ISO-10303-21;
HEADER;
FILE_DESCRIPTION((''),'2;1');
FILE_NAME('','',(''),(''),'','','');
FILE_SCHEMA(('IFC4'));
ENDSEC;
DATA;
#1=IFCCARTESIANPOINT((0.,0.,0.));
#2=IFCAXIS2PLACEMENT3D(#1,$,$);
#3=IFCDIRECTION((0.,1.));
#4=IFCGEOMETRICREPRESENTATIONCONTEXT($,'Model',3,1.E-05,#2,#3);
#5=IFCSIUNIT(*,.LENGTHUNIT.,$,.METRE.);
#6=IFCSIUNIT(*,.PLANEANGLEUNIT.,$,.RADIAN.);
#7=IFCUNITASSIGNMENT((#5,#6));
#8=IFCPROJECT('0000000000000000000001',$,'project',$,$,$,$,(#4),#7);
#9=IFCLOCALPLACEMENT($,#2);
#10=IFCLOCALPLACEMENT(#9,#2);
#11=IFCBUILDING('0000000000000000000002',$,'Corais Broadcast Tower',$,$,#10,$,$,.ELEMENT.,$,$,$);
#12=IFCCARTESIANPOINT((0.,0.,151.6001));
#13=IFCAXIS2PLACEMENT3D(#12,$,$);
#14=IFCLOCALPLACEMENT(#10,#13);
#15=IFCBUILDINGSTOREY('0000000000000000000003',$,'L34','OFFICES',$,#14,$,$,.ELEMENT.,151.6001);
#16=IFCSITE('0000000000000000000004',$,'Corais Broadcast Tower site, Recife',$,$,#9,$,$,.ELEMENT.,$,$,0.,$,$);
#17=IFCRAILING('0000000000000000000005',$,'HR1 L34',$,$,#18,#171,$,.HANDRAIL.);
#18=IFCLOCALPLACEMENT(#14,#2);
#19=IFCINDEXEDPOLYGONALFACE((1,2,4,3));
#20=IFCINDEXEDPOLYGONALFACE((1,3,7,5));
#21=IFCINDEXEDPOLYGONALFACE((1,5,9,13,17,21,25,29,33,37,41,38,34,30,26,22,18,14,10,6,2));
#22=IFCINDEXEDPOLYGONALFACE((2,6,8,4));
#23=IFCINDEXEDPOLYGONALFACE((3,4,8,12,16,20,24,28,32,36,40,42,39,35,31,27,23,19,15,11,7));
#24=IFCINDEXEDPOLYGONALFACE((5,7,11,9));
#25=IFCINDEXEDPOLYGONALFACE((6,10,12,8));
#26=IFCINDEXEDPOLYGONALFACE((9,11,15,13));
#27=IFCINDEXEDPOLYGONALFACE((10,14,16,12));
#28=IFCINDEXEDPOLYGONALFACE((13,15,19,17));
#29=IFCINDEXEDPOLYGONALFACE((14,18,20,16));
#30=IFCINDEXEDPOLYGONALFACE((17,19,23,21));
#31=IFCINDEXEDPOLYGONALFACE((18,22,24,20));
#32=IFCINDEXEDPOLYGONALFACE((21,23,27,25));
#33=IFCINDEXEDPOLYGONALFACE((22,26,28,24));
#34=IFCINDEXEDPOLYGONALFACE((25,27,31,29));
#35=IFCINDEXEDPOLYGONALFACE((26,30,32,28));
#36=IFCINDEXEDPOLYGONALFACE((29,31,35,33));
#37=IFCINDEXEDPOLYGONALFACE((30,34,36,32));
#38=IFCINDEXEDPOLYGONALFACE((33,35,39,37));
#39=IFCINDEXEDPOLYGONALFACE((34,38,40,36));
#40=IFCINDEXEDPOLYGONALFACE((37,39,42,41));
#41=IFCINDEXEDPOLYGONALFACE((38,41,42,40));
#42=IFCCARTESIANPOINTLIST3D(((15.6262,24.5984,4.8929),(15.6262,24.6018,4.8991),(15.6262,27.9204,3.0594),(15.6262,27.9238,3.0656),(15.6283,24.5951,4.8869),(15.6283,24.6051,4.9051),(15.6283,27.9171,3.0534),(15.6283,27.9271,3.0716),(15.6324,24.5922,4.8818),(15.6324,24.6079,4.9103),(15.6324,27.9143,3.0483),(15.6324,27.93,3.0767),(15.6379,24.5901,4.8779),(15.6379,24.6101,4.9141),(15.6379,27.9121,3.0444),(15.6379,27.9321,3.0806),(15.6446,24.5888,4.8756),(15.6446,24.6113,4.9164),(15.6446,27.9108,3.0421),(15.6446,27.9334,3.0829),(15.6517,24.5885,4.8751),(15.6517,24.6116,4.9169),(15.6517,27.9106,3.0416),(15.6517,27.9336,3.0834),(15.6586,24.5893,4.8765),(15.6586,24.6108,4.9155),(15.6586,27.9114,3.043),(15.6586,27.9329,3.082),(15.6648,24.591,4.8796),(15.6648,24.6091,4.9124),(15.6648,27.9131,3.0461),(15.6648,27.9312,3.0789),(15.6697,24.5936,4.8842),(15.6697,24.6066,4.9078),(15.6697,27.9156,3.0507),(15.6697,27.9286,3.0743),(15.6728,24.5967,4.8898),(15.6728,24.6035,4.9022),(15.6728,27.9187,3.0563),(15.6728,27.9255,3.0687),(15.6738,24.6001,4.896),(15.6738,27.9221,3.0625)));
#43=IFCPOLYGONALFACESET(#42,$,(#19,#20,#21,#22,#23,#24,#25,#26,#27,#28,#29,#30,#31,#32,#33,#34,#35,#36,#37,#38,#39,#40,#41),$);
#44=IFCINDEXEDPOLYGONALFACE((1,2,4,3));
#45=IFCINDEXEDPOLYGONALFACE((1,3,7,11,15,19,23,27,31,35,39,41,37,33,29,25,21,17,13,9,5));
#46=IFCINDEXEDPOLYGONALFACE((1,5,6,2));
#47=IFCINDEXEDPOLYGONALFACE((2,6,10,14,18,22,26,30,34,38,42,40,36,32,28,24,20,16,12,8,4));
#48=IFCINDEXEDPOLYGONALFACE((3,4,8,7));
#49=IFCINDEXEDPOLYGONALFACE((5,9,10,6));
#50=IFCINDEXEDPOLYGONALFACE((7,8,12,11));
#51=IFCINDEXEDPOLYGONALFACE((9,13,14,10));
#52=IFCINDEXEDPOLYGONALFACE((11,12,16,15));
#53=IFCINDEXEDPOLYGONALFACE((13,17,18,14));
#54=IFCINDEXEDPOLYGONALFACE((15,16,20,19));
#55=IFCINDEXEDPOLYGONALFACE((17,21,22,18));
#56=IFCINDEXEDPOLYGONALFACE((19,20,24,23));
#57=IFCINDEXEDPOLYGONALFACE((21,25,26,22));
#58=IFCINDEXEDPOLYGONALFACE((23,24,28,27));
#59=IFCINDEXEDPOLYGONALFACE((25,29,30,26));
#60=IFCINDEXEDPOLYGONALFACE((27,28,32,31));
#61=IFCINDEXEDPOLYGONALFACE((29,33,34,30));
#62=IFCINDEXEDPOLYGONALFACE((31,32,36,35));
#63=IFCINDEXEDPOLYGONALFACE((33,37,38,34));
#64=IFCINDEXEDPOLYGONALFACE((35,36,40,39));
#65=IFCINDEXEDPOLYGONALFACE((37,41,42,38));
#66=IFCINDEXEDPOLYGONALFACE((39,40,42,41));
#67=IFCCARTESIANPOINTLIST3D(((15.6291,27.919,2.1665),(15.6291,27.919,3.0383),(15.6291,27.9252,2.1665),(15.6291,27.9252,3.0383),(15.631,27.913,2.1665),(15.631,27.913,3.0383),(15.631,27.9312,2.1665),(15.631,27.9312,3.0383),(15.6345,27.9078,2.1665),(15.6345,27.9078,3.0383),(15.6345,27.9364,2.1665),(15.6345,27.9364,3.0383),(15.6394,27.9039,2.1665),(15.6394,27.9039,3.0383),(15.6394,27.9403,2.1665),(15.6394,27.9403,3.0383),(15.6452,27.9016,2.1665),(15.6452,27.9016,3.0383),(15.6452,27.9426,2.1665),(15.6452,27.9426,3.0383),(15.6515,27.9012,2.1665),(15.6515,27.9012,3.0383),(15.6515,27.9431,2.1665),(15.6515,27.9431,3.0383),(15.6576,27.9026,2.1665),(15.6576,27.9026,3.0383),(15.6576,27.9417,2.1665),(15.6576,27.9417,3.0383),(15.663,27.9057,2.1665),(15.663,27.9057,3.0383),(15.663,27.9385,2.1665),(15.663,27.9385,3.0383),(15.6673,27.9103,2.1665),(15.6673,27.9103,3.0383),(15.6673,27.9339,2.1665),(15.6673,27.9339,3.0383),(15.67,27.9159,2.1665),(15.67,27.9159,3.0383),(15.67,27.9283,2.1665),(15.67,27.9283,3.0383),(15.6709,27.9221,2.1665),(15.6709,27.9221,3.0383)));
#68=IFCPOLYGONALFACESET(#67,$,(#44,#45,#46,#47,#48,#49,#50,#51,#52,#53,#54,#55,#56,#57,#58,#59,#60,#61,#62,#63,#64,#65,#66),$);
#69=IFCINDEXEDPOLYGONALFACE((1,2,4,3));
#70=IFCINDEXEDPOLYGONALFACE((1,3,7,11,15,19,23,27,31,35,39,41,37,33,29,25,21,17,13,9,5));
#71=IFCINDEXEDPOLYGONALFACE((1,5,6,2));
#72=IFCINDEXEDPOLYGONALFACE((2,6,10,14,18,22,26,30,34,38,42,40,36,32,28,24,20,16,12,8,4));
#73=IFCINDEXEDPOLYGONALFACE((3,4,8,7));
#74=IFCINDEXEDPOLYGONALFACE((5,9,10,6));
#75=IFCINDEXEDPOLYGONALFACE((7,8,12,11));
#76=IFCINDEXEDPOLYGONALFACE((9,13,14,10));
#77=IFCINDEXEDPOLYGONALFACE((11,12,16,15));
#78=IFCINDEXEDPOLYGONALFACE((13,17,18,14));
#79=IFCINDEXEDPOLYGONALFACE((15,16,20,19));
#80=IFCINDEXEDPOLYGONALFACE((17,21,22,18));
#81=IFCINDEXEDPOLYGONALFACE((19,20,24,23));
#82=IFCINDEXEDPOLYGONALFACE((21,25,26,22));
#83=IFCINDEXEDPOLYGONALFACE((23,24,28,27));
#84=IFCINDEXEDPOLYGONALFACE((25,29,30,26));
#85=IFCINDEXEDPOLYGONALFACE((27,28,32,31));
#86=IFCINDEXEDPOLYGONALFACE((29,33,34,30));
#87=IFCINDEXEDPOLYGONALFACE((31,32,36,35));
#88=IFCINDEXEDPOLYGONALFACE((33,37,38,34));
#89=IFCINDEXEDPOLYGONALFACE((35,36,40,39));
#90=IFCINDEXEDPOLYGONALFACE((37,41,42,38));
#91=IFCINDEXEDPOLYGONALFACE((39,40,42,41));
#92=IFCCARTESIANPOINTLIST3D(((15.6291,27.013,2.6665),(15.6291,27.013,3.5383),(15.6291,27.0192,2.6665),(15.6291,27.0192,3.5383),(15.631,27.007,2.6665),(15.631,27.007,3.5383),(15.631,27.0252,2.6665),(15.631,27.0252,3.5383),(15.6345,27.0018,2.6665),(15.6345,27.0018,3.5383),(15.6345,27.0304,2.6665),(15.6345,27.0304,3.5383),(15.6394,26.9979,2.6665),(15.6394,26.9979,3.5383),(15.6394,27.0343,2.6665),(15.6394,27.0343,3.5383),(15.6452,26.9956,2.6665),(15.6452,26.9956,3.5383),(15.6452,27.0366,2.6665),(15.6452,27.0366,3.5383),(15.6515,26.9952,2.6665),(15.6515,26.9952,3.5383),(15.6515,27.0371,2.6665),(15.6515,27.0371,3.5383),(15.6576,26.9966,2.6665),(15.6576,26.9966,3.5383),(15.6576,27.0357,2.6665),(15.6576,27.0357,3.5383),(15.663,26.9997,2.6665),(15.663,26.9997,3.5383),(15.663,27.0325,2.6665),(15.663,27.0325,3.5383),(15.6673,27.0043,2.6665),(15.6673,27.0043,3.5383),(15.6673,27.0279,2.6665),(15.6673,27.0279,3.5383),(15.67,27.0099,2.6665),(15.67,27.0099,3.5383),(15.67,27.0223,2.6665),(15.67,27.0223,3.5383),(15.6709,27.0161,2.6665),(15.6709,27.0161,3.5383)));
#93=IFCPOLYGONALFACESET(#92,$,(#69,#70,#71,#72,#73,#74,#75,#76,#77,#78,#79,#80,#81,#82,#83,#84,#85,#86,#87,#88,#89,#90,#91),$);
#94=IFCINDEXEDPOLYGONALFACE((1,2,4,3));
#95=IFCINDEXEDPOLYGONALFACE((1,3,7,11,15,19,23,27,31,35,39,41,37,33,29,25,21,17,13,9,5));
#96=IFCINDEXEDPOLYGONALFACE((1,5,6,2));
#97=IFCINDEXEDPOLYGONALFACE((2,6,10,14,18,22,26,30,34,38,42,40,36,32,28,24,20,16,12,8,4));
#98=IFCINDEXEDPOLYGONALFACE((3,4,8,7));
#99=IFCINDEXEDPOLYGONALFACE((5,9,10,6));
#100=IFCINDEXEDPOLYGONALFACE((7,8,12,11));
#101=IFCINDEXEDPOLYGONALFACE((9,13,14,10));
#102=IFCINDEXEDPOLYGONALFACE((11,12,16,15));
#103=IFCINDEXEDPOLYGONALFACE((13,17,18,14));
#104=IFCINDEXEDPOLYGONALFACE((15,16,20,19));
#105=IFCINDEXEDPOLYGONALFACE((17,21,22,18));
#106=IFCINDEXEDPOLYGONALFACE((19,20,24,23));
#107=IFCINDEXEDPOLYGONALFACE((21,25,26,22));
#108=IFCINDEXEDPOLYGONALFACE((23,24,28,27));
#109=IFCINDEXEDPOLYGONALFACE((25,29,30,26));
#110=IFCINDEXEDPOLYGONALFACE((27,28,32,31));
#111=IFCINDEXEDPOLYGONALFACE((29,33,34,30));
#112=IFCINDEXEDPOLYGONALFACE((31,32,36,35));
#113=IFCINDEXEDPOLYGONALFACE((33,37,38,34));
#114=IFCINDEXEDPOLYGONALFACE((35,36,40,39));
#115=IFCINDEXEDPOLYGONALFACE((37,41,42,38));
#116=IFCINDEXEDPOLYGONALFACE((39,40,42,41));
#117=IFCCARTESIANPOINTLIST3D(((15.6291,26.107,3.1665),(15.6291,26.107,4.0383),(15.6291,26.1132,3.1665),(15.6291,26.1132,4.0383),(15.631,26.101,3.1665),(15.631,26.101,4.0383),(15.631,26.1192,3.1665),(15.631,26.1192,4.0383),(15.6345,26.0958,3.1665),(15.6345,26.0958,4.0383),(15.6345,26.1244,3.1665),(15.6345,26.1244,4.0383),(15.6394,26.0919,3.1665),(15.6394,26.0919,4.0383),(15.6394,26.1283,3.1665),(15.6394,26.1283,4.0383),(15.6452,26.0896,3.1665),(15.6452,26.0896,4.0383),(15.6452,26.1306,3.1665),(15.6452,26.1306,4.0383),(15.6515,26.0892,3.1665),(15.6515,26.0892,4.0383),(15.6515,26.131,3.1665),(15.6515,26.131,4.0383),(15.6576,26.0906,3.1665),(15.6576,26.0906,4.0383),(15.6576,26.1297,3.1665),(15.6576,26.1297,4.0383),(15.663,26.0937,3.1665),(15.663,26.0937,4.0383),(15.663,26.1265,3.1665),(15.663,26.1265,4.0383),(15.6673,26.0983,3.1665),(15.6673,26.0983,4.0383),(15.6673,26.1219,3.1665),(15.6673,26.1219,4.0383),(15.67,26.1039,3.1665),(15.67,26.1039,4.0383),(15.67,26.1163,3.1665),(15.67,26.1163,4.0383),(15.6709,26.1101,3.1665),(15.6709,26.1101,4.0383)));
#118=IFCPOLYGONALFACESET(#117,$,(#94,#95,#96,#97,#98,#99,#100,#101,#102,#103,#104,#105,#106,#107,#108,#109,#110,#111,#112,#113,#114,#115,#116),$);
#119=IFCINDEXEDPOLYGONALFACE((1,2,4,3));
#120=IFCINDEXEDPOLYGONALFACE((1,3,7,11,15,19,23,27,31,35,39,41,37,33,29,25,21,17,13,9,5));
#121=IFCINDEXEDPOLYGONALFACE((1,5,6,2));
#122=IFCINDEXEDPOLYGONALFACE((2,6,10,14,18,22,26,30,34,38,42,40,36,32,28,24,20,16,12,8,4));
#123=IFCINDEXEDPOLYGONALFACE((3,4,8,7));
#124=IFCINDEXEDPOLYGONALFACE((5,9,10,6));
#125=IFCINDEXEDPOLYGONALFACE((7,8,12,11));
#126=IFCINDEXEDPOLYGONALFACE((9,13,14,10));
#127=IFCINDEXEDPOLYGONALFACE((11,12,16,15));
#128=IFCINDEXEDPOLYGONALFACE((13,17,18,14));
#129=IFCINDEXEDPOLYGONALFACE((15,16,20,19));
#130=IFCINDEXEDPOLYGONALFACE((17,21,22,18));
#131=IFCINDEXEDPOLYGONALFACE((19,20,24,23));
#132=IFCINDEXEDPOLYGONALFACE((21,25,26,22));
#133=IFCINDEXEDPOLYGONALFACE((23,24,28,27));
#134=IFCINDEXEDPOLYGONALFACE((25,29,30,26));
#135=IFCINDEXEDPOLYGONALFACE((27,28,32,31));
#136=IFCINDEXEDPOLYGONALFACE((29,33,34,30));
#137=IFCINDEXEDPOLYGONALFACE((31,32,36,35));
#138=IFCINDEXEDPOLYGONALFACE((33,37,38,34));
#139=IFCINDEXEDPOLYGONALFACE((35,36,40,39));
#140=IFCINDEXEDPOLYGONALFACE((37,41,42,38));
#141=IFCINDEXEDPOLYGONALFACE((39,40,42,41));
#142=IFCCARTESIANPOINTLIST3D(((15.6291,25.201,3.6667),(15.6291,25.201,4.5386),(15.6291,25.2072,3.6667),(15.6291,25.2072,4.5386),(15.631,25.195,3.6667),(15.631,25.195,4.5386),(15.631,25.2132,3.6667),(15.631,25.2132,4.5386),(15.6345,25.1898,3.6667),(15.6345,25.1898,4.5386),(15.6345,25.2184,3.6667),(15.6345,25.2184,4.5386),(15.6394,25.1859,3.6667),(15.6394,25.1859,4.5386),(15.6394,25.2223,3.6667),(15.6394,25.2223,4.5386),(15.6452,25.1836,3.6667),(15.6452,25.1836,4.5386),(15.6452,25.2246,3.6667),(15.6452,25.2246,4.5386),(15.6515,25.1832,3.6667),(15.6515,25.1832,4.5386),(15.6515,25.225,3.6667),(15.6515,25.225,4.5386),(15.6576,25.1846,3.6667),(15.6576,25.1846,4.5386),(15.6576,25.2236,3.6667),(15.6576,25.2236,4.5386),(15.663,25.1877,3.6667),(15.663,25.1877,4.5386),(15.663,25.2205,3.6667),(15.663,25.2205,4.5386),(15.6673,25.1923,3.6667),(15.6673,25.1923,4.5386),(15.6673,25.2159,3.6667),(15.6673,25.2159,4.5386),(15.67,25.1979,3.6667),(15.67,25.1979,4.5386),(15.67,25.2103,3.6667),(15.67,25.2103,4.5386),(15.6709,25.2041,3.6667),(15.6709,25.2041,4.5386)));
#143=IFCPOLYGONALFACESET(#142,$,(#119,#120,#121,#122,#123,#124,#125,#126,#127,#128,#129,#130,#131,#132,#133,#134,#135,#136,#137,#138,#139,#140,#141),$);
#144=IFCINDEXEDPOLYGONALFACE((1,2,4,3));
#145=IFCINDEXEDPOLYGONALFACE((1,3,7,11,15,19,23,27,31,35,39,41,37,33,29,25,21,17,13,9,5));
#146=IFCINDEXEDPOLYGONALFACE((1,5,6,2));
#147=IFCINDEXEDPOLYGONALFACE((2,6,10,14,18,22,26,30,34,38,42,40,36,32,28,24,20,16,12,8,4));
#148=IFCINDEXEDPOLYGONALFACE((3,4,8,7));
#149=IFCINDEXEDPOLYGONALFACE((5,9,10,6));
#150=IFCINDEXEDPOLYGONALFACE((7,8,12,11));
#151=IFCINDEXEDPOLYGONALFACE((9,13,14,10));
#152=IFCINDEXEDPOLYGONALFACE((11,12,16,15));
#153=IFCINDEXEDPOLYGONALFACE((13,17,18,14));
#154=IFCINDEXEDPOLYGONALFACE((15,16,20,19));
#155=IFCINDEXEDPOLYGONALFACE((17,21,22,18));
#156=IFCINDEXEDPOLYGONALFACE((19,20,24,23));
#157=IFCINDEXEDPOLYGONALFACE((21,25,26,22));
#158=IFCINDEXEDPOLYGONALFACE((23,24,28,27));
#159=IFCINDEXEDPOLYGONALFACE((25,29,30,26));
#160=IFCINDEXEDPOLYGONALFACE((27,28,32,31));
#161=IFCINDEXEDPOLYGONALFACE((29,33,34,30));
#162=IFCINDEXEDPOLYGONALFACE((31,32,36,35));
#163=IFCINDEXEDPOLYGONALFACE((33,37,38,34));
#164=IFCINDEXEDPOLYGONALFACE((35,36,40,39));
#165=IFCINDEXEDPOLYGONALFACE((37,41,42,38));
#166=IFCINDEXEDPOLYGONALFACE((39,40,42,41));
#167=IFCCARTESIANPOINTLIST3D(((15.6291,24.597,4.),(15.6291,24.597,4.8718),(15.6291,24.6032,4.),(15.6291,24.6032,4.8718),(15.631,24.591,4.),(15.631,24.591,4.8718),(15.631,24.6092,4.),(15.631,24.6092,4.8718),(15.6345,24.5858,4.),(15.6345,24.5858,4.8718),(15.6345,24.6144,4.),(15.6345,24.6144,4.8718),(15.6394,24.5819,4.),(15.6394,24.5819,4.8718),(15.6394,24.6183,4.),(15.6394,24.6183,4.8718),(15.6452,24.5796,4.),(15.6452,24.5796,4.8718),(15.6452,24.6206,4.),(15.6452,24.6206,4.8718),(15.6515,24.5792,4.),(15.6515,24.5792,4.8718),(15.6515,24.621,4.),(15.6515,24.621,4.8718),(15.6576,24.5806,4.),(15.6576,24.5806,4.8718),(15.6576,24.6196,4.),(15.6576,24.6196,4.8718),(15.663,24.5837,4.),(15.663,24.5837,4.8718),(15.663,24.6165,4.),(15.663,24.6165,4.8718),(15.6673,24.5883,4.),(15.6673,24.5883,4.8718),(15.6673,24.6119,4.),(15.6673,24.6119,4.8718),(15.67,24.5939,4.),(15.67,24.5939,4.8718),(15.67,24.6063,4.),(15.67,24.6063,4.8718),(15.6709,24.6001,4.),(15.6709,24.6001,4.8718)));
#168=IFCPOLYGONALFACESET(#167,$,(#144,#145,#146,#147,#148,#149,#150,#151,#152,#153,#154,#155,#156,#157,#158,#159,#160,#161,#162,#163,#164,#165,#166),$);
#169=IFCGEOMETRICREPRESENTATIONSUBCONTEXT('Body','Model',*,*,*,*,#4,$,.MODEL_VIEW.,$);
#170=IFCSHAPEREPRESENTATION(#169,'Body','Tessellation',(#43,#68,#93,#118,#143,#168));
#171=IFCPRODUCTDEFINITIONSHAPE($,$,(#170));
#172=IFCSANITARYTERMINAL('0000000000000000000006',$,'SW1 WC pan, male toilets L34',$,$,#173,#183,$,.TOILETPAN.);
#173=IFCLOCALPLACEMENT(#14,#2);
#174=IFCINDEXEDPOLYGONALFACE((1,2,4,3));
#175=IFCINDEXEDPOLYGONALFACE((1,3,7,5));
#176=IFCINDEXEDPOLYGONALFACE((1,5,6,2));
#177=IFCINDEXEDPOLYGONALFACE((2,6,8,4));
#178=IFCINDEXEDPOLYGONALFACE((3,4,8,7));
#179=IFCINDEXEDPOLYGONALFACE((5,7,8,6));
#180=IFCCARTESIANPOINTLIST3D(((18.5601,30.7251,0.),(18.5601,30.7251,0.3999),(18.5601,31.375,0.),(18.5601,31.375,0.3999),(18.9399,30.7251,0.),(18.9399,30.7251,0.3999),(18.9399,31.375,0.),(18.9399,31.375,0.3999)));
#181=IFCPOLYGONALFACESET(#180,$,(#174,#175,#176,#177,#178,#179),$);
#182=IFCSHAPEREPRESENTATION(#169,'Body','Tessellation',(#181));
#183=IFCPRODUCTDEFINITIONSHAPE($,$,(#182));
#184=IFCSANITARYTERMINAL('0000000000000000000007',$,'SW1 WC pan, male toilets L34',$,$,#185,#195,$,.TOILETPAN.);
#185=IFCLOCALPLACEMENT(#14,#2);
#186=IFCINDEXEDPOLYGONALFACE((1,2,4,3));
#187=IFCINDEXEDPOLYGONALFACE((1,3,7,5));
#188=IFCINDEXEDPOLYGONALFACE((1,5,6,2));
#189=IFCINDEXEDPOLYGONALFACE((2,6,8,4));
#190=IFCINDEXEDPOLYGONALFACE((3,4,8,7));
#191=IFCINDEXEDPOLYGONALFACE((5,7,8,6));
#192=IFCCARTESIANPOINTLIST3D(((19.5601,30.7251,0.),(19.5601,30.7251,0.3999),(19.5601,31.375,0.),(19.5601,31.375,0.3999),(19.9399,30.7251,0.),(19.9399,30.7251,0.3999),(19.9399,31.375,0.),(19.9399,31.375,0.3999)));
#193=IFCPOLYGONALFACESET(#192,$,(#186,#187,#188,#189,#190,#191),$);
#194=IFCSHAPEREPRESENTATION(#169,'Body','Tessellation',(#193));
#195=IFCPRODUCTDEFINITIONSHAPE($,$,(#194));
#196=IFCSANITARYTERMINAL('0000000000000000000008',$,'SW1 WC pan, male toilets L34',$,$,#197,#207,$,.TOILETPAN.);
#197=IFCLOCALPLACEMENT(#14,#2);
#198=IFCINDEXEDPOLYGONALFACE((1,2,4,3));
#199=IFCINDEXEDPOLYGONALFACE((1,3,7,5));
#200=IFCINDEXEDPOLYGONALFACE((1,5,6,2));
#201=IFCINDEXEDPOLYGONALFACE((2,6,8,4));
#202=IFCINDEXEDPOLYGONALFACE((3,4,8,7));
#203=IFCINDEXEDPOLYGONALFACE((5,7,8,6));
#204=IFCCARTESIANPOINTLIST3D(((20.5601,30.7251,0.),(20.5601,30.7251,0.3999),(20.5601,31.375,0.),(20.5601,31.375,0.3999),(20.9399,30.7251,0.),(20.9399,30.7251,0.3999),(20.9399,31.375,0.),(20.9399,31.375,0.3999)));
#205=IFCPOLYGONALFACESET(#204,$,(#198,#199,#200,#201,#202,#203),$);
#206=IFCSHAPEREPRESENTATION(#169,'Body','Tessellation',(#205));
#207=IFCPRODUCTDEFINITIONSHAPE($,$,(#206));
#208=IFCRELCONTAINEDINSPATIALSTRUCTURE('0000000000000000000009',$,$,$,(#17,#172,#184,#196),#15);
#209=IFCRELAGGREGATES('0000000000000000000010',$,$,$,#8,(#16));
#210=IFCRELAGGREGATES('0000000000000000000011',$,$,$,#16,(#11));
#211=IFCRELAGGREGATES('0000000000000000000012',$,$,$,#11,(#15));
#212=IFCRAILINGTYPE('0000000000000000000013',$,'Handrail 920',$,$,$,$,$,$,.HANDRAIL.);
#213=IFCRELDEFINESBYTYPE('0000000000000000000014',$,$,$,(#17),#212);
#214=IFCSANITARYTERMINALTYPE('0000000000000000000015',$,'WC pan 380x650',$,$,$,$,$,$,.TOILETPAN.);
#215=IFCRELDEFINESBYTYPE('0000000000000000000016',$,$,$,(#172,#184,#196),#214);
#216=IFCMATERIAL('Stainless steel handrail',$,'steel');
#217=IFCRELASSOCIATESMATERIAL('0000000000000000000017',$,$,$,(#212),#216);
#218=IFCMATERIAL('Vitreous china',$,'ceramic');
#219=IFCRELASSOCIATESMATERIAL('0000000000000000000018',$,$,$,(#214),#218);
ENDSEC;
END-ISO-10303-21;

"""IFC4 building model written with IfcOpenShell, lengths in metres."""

from ifc_helpers import new_model, si_unit, direction, frame, origin, origin_2d, place, context, subcontext, project, spatial, rectangle, circle, extrude, material, type_object, element, save


model = new_model("IFC4")

# Units and contexts
model_context = context("Model", 3, precision=1e-05, world=origin(), true_north=direction((0.0, 1.0)))
body_context = subcontext(model_context, "Body", "Model", "MODEL_VIEW")
ifc_project = project(units=[si_unit("LENGTHUNIT", "METRE"), si_unit("PLANEANGLEUNIT", "RADIAN")], contexts=[model_context])

# Site, building, storey
site_placement = place(None, origin())
site = spatial("IfcSite", under=ifc_project, at=site_placement, Name="Corais Broadcast Tower site, Recife", CompositionType="ELEMENT", RefElevation=0.0)
building_placement = place(site_placement, origin())
building = spatial("IfcBuilding", under=site, at=building_placement, Name="Corais Broadcast Tower", CompositionType="ELEMENT")
storey_placement = place(building_placement, frame((0.0, 0.0, 151.6001)))
storey = spatial("IfcBuildingStorey", under=building, at=storey_placement, Name="L34", Description="OFFICES", CompositionType="ELEMENT", Elevation=151.6001)

# Railing
ifc_material_1 = material(Name="Stainless steel handrail", Category="steel")
railing_type = type_object("IfcRailingType", Name="Handrail 920", PredefinedType="HANDRAIL", material=ifc_material_1)
for number, where, name in (
    (1, (15.6499, 27.9221, 2.1665), "HR1 L34"),
):
    element("IfcRailing", number, at=place(storey_placement, frame(where)), inside=storey, type_object=railing_type, Name=name, PredefinedType="HANDRAIL", context=body_context, shape_type="SweptSolid", body=[
        extrude(circle(Radius=0.0239, at=origin_2d()), frame((0.0, 0.0, 0.896), z_axis=(0.0, -0.875504, 0.48321), x_axis=(1.0, 0.0, 0.0)), (0.0, 0.0, 1.0), 3.7944),
        extrude(circle(Radius=0.021, at=origin_2d()), origin(), (0.0, 0.0, 1.0), 0.8718),
        extrude(circle(Radius=0.021, at=origin_2d()), frame((0.0, -0.906, 0.5)), (0.0, 0.0, 1.0), 0.8718),
        extrude(circle(Radius=0.021, at=origin_2d()), frame((0.0, -1.812, 1.0)), (0.0, 0.0, 1.0), 0.8718),
        extrude(circle(Radius=0.021, at=origin_2d()), frame((0.0, -2.718, 1.5002)), (0.0, 0.0, 1.0), 0.8718),
        extrude(circle(Radius=0.021, at=origin_2d()), frame((0.0, -3.322, 1.8335)), (0.0, 0.0, 1.0), 0.8718),
    ])

# Sanitary terminals
ifc_material_2 = material(Name="Vitreous china", Category="ceramic")
sanitary_terminal_type = type_object("IfcSanitaryTerminalType", Name="WC pan 380x650", PredefinedType="TOILETPAN", material=ifc_material_2)
for number, where, z_axis, x_axis, name in (
    (2, (18.75, 31.05, 0.0), (0.0, 0.0, 1.0), (1.0, 0.0, 0.0), "SW1 WC pan, male toilets L34"),
    (3, (19.75, 31.05, 0.0), (0.0, 0.0, 1.0), (1.0, 0.0, 0.0), "SW1 WC pan, male toilets L34"),
    (4, (20.75, 31.05, 0.0), (0.0, 0.0, 1.0), (1.0, 0.0, 0.0), "SW1 WC pan, male toilets L34"),
):
    element("IfcSanitaryTerminal", number, at=place(storey_placement, frame(where, z_axis=z_axis, x_axis=x_axis)), inside=storey, type_object=sanitary_terminal_type, Name=name, PredefinedType="TOILETPAN", context=body_context, shape_type="SweptSolid", body=[
        extrude(rectangle(XDim=0.3799, YDim=0.6499, at=origin_2d()), origin(), (0.0, 0.0, 1.0), 0.3999),
    ])

save(model, "model.ifc")
